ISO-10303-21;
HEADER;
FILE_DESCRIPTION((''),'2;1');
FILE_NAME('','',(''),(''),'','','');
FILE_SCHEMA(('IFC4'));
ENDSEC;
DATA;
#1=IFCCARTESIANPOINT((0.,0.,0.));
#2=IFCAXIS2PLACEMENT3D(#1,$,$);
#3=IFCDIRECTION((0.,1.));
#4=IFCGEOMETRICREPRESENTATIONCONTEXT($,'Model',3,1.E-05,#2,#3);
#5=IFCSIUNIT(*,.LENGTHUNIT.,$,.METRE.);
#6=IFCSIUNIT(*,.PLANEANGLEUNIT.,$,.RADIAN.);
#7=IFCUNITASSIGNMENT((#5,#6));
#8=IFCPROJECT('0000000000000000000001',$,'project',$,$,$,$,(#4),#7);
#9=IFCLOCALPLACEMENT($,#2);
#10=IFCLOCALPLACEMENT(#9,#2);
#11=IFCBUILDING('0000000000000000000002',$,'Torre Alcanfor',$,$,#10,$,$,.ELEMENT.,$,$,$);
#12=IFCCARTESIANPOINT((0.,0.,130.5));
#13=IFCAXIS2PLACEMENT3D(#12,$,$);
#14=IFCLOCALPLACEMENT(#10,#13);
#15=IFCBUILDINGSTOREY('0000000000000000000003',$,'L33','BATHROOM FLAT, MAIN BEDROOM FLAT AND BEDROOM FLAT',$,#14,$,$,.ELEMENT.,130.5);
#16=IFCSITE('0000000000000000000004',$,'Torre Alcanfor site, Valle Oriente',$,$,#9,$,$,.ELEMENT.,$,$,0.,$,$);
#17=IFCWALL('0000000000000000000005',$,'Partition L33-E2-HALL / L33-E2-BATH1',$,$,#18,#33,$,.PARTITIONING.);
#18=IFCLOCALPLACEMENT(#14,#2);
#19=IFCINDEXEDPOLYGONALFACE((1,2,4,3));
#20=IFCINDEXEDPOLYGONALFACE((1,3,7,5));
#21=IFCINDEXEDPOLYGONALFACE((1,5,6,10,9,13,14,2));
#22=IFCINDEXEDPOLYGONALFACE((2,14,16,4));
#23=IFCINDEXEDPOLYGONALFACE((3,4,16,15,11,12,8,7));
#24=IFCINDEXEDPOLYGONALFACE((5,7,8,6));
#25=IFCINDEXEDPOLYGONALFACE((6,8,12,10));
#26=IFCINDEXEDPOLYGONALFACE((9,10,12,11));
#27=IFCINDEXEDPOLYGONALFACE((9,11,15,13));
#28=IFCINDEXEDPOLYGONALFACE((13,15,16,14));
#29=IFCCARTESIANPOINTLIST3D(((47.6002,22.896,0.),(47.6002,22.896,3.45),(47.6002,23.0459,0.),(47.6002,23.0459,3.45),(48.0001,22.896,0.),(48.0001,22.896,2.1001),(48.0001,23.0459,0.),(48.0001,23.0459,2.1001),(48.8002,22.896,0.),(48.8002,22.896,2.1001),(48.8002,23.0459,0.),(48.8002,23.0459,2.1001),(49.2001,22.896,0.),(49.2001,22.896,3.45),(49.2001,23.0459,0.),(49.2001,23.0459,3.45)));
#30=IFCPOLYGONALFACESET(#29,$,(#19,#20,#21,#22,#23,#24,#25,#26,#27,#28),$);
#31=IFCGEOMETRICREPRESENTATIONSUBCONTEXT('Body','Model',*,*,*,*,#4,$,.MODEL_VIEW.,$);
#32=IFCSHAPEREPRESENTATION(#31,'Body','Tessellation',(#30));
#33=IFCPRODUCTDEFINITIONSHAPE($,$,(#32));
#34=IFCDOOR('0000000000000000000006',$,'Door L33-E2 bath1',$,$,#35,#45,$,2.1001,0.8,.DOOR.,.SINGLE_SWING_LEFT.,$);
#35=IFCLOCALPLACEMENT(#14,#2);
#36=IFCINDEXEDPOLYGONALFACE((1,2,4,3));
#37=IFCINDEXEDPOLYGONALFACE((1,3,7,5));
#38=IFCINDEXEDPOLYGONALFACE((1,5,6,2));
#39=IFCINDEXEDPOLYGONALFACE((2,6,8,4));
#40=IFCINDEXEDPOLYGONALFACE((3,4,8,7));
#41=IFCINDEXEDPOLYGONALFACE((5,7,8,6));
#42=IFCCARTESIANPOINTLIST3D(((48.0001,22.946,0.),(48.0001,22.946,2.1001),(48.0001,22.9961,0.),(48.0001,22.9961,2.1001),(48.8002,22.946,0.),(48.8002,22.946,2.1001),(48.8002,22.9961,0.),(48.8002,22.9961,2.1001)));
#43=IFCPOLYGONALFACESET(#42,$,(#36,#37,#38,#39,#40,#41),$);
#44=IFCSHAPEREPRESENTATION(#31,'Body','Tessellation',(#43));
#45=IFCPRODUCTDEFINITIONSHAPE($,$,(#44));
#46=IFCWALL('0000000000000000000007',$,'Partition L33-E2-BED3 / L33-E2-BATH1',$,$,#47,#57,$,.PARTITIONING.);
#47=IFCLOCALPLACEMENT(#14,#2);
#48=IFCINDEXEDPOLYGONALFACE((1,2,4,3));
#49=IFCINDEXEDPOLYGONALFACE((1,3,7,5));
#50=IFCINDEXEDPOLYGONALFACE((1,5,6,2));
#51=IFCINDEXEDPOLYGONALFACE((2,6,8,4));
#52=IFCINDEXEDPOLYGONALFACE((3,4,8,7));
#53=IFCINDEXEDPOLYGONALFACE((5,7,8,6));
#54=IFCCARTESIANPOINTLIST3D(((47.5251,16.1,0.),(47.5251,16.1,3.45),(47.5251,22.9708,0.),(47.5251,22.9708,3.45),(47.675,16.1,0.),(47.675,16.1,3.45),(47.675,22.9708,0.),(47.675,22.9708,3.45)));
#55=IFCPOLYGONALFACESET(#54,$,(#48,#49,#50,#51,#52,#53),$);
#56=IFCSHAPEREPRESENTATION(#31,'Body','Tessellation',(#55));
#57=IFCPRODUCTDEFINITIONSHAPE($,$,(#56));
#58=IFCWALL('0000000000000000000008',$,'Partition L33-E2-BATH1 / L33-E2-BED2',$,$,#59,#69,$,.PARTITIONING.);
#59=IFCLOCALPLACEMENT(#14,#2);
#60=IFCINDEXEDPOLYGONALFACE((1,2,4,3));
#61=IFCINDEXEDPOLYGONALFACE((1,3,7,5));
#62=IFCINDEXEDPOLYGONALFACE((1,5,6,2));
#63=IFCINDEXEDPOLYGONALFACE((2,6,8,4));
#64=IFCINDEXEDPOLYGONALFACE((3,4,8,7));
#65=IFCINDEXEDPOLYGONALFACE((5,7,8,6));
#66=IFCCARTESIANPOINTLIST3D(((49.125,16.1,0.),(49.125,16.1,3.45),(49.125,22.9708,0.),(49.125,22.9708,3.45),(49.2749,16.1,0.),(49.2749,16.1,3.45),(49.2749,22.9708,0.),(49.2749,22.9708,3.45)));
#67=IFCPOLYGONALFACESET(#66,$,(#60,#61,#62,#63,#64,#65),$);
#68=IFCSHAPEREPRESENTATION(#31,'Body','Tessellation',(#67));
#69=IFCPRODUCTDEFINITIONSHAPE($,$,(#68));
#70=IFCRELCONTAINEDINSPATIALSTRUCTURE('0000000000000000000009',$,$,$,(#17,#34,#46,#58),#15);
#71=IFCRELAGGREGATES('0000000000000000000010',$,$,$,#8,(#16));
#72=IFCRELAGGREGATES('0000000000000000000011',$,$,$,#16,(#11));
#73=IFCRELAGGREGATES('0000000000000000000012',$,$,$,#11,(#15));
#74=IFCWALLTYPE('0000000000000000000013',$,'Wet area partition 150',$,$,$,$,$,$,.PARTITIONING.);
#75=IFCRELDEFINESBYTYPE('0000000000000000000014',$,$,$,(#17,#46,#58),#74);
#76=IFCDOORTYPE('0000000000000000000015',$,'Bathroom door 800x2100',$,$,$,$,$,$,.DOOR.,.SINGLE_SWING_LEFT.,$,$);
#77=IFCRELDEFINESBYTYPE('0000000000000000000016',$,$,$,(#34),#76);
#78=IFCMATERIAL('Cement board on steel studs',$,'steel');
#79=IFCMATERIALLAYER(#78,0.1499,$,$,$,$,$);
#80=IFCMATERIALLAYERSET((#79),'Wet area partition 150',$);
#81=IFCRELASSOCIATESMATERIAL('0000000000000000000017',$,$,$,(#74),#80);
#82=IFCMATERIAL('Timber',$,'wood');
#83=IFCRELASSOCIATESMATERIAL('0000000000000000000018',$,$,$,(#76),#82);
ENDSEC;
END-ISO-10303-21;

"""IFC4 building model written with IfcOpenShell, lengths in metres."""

from ifc_helpers import new_model, si_unit, direction, frame, frame_2d, origin, place, context, subcontext, project, spatial, rectangle, extrude, material, layer, layer_set, type_object, element, fill, save


model = new_model("IFC4")

# Units and contexts
model_context = context("Model", 3, precision=1e-05, world=origin(), true_north=direction((0.0, 1.0)))
body_context = subcontext(model_context, "Body", "Model", "MODEL_VIEW")
ifc_project = project(units=[si_unit("LENGTHUNIT", "METRE"), si_unit("PLANEANGLEUNIT", "RADIAN")], contexts=[model_context])

# Site, building, storey
site_placement = place(None, origin())
site = spatial("IfcSite", under=ifc_project, at=site_placement, Name="Torre Alcanfor site, Valle Oriente", CompositionType="ELEMENT", RefElevation=0.0)
building_placement = place(site_placement, origin())
building = spatial("IfcBuilding", under=site, at=building_placement, Name="Torre Alcanfor", CompositionType="ELEMENT")
storey_placement = place(building_placement, frame((0.0, 0.0, 130.5)))
storey = spatial("IfcBuildingStorey", under=building, at=storey_placement, Name="L33", Description="BATHROOM FLAT, MAIN BEDROOM FLAT AND BEDROOM FLAT", CompositionType="ELEMENT", Elevation=130.5)

# Wall, opening, door
ifc_material_1 = material(Name="Cement board on steel studs", Category="steel")
ifc_layer_1 = layer(ifc_material_1, 0.1499)
ifc_layer_set_1 = layer_set([ifc_layer_1], Name="Wet area partition 150")
wall_type_1 = type_object("IfcWallType", Name="Wet area partition 150", PredefinedType="PARTITIONING", material=ifc_layer_set_1)
wall_1_placement = place(storey_placement, frame((49.2, 22.9709, 0.0), z_axis=(0.0, 0.0, 1.0), x_axis=(-1.0, 0.0, 0.0)))
wall_1 = element("IfcWall", 1, at=wall_1_placement, inside=storey, type_object=wall_type_1, Name="Partition L33-E2-HALL / L33-E2-BATH1", PredefinedType="PARTITIONING", context=body_context, shape_type="SweptSolid", body=[
    extrude(rectangle(XDim=1.5999, YDim=0.1499, at=frame_2d((0.7998, 0.0))), origin(), (0.0, 0.0, 1.0), 3.45),
])
opening_1_placement = place(wall_1_placement, frame((0.3999, 0.0, 0.0)))
opening_1 = element("IfcOpeningElement", 2, at=opening_1_placement, cuts=wall_1, PredefinedType="OPENING", context=body_context, shape_type="SweptSolid", body=[
    extrude(rectangle(XDim=0.8, YDim=2.1001, at=frame_2d((0.3999, 1.05))), frame((0.0, 0.085, 0.0), z_axis=(0.0, -1.0, 0.0), x_axis=(1.0, 0.0, 0.0)), (0.0, 0.0, 1.0), 0.1699),
])
ifc_material_2 = material(Name="Timber", Category="wood")
door_type_1 = type_object("IfcDoorType", Name="Bathroom door 800x2100", OperationType="SINGLE_SWING_LEFT", PredefinedType="DOOR", material=ifc_material_2)
door_1_placement = place(opening_1_placement, origin())
door_1 = element("IfcDoor", 3, at=door_1_placement, inside=storey, type_object=door_type_1, Name="Door L33-E2 bath1", OperationType="SINGLE_SWING_LEFT", OverallHeight=2.1001, OverallWidth=0.8, PredefinedType="DOOR", context=body_context, shape_type="SweptSolid", body=[
    extrude(rectangle(XDim=0.8, YDim=2.1001, at=frame_2d((0.3999, 1.05))), frame((0.0, 0.0249, 0.0), z_axis=(0.0, -1.0, 0.0), x_axis=(1.0, 0.0, 0.0)), (0.0, 0.0, 1.0), 0.05),
])
fill(opening_1, door_1)

# Walls
for number, where, z_axis, x_axis, name in (
    (4, (47.6001, 22.9709, 0.0), (0.0, 0.0, 1.0), (0.0, -1.0, 0.0), "Partition L33-E2-BED3 / L33-E2-BATH1"),
    (5, (49.2, 22.9709, 0.0), (0.0, 0.0, 1.0), (0.0, -1.0, 0.0), "Partition L33-E2-BATH1 / L33-E2-BED2"),
):
    element("IfcWall", number, at=place(storey_placement, frame(where, z_axis=z_axis, x_axis=x_axis)), inside=storey, type_object=wall_type_1, Name=name, PredefinedType="PARTITIONING", context=body_context, shape_type="SweptSolid", body=[
        extrude(rectangle(XDim=6.8708, YDim=0.1499, at=frame_2d((3.4355, 0.0))), origin(), (0.0, 0.0, 1.0), 3.45),
    ])

save(model, "model.ifc")
